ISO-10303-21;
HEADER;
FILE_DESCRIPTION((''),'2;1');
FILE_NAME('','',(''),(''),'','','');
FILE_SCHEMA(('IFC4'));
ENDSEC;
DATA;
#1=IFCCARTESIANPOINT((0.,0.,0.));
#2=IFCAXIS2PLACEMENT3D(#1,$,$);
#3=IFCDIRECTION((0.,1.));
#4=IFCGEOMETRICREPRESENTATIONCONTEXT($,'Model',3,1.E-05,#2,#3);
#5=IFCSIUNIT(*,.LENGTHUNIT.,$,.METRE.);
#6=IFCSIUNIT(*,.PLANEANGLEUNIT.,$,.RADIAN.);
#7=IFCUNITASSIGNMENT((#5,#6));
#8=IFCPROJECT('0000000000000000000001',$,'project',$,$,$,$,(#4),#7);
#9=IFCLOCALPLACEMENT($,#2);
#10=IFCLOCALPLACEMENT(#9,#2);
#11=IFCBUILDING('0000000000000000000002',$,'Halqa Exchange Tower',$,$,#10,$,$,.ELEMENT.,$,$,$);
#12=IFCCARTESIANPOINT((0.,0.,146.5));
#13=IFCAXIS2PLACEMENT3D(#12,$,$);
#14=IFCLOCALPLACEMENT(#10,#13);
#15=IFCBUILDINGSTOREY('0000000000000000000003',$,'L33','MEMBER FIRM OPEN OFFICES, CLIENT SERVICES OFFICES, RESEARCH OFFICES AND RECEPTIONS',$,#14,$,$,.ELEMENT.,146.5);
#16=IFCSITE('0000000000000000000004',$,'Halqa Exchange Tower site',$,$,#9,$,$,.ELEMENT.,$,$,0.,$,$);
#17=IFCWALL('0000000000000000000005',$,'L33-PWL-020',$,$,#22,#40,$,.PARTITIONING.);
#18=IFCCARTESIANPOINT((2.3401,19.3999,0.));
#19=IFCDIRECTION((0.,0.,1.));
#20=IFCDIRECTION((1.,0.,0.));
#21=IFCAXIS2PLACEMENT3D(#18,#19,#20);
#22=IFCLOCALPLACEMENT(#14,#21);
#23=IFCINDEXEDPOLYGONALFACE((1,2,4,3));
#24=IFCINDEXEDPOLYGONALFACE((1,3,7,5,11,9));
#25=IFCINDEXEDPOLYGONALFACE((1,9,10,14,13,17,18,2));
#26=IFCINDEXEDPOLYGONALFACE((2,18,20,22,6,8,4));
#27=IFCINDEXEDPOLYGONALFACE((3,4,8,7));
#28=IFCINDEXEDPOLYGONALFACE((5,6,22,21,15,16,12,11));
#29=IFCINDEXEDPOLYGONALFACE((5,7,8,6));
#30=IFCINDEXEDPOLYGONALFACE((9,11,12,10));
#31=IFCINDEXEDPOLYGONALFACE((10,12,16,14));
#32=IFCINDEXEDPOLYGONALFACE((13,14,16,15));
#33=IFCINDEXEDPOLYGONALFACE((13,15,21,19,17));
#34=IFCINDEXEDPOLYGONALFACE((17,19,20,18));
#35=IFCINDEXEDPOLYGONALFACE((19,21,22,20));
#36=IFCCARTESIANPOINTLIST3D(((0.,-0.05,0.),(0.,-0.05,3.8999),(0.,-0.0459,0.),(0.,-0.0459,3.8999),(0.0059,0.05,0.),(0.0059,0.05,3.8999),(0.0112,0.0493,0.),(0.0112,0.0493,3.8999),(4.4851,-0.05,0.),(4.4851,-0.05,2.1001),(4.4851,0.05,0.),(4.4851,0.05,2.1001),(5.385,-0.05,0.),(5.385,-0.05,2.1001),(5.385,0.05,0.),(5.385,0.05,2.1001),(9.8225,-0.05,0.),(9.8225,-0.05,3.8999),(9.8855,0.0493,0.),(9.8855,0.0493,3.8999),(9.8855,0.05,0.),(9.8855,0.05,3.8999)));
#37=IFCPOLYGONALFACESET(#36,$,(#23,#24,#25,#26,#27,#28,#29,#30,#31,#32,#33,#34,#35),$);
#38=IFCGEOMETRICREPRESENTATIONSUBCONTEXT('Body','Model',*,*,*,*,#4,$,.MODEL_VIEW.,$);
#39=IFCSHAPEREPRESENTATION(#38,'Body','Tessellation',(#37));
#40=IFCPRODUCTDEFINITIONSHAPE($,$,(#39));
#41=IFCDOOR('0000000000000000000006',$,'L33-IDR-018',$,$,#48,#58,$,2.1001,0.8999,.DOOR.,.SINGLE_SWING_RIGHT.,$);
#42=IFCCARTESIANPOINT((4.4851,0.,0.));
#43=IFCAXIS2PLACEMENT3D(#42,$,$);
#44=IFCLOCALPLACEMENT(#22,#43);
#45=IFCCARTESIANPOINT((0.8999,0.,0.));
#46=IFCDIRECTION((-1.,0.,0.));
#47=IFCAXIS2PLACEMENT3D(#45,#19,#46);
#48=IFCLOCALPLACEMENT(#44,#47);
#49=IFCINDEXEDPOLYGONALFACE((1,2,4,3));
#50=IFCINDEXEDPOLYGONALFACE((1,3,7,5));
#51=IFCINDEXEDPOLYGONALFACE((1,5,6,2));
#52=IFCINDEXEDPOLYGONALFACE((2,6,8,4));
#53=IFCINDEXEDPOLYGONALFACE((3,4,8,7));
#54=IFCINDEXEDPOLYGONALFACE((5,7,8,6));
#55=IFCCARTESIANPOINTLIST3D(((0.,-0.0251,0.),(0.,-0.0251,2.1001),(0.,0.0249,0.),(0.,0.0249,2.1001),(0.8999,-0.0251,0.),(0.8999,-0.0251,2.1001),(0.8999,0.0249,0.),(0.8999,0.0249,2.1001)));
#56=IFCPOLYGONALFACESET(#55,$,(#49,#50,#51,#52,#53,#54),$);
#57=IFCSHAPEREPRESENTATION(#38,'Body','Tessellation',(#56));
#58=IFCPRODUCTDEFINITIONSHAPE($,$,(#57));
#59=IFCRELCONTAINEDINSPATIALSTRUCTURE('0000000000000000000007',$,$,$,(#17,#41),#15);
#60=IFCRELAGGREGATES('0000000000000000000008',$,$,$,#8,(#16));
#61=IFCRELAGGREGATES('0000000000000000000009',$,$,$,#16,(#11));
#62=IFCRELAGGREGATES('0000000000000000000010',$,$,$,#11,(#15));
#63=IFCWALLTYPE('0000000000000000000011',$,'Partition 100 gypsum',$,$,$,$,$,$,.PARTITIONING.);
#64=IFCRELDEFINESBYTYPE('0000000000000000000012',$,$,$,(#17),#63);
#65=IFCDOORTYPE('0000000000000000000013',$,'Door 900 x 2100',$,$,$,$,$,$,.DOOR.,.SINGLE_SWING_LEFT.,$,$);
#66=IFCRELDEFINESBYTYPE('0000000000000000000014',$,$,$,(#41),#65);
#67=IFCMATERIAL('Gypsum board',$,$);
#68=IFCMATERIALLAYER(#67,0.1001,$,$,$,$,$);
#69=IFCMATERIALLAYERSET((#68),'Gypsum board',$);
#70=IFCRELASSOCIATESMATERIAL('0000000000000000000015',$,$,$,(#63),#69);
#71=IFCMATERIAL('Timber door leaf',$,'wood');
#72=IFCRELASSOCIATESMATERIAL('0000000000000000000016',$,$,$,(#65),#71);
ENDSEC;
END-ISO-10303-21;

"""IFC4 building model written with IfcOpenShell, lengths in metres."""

from ifc_helpers import new_model, si_unit, direction, frame, frame_2d, origin, place, context, subcontext, project, spatial, polyline, rectangle, outline, extrude, material, layer, layer_set, type_object, element, fill, save


model = new_model("IFC4")

# Units and contexts
model_context = context("Model", 3, precision=1e-05, world=origin(), true_north=direction((0.0, 1.0)))
body_context = subcontext(model_context, "Body", "Model", "MODEL_VIEW")
ifc_project = project(units=[si_unit("LENGTHUNIT", "METRE"), si_unit("PLANEANGLEUNIT", "RADIAN")], contexts=[model_context])

# Site, building, storey
site_placement = place(None, origin())
site = spatial("IfcSite", under=ifc_project, at=site_placement, Name="Halqa Exchange Tower site", CompositionType="ELEMENT", RefElevation=0.0)
building_placement = place(site_placement, origin())
building = spatial("IfcBuilding", under=site, at=building_placement, Name="Halqa Exchange Tower", CompositionType="ELEMENT")
storey_placement = place(building_placement, frame((0.0, 0.0, 146.5)))
storey = spatial("IfcBuildingStorey", under=building, at=storey_placement, Name="L33", Description="MEMBER FIRM OPEN OFFICES, CLIENT SERVICES OFFICES, RESEARCH OFFICES AND RECEPTIONS", CompositionType="ELEMENT", Elevation=146.5)

# Wall, opening, door
ifc_material_1 = material(Name="Gypsum board")
ifc_layer_1 = layer(ifc_material_1, 0.1001)
ifc_layer_set_1 = layer_set([ifc_layer_1], Name="Gypsum board")
wall_type_1 = type_object("IfcWallType", Name="Partition 100 gypsum", PredefinedType="PARTITIONING", material=ifc_layer_set_1)
wall_1_placement = place(storey_placement, frame((2.3401, 19.3999, 0.0), z_axis=(0.0, 0.0, 1.0), x_axis=(1.0, 0.0, 0.0)))
wall_1 = element("IfcWall", 1, at=wall_1_placement, inside=storey, type_object=wall_type_1, Name="L33-PWL-020", PredefinedType="PARTITIONING", context=body_context, shape_type="SweptSolid", body=[
    extrude(outline(polyline([(0.0, -0.05), (1.9646, -0.05), (3.929, -0.05), (5.8936, -0.05), (7.8582, -0.05), (9.8225, -0.05), (9.8855, 0.0493), (9.8855, 0.05), (7.9097, 0.05), (5.9336, 0.05), (3.9578, 0.05), (1.9817, 0.05), (0.0059, 0.05), (0.0112, 0.0493), (0.0, -0.0459), (0.0, -0.05)])), origin(), (0.0, 0.0, 1.0), 3.8999),
])
opening_1_placement = place(wall_1_placement, frame((4.4851, 0.0, 0.0)))
opening_1 = element("IfcOpeningElement", 2, at=opening_1_placement, cuts=wall_1, PredefinedType="OPENING", context=body_context, shape_type="SweptSolid", body=[
    extrude(rectangle(XDim=0.8999, YDim=2.1001, at=frame_2d((0.45, 1.05))), frame((0.0, 0.062, 0.0), z_axis=(0.0, -1.0, 0.0), x_axis=(1.0, 0.0, 0.0)), (0.0, 0.0, 1.0), 0.124),
])
ifc_material_2 = material(Name="Timber door leaf", Category="wood")
door_type_1 = type_object("IfcDoorType", Name="Door 900 x 2100", OperationType="SINGLE_SWING_LEFT", PredefinedType="DOOR", material=ifc_material_2)
door_1_placement = place(opening_1_placement, frame((0.8999, 0.0, 0.0), z_axis=(0.0, 0.0, 1.0), x_axis=(-1.0, 0.0, 0.0)))
door_1 = element("IfcDoor", 3, at=door_1_placement, inside=storey, type_object=door_type_1, Name="L33-IDR-018", OperationType="SINGLE_SWING_RIGHT", OverallHeight=2.1001, OverallWidth=0.8999, PredefinedType="DOOR", context=body_context, shape_type="SweptSolid", body=[
    extrude(rectangle(XDim=0.8999, YDim=2.1001, at=frame_2d((0.45, 1.05))), frame((0.0, 0.0249, 0.0), z_axis=(0.0, -1.0, 0.0), x_axis=(1.0, 0.0, 0.0)), (0.0, 0.0, 1.0), 0.05),
])
fill(opening_1, door_1)

save(model, "model.ifc")
